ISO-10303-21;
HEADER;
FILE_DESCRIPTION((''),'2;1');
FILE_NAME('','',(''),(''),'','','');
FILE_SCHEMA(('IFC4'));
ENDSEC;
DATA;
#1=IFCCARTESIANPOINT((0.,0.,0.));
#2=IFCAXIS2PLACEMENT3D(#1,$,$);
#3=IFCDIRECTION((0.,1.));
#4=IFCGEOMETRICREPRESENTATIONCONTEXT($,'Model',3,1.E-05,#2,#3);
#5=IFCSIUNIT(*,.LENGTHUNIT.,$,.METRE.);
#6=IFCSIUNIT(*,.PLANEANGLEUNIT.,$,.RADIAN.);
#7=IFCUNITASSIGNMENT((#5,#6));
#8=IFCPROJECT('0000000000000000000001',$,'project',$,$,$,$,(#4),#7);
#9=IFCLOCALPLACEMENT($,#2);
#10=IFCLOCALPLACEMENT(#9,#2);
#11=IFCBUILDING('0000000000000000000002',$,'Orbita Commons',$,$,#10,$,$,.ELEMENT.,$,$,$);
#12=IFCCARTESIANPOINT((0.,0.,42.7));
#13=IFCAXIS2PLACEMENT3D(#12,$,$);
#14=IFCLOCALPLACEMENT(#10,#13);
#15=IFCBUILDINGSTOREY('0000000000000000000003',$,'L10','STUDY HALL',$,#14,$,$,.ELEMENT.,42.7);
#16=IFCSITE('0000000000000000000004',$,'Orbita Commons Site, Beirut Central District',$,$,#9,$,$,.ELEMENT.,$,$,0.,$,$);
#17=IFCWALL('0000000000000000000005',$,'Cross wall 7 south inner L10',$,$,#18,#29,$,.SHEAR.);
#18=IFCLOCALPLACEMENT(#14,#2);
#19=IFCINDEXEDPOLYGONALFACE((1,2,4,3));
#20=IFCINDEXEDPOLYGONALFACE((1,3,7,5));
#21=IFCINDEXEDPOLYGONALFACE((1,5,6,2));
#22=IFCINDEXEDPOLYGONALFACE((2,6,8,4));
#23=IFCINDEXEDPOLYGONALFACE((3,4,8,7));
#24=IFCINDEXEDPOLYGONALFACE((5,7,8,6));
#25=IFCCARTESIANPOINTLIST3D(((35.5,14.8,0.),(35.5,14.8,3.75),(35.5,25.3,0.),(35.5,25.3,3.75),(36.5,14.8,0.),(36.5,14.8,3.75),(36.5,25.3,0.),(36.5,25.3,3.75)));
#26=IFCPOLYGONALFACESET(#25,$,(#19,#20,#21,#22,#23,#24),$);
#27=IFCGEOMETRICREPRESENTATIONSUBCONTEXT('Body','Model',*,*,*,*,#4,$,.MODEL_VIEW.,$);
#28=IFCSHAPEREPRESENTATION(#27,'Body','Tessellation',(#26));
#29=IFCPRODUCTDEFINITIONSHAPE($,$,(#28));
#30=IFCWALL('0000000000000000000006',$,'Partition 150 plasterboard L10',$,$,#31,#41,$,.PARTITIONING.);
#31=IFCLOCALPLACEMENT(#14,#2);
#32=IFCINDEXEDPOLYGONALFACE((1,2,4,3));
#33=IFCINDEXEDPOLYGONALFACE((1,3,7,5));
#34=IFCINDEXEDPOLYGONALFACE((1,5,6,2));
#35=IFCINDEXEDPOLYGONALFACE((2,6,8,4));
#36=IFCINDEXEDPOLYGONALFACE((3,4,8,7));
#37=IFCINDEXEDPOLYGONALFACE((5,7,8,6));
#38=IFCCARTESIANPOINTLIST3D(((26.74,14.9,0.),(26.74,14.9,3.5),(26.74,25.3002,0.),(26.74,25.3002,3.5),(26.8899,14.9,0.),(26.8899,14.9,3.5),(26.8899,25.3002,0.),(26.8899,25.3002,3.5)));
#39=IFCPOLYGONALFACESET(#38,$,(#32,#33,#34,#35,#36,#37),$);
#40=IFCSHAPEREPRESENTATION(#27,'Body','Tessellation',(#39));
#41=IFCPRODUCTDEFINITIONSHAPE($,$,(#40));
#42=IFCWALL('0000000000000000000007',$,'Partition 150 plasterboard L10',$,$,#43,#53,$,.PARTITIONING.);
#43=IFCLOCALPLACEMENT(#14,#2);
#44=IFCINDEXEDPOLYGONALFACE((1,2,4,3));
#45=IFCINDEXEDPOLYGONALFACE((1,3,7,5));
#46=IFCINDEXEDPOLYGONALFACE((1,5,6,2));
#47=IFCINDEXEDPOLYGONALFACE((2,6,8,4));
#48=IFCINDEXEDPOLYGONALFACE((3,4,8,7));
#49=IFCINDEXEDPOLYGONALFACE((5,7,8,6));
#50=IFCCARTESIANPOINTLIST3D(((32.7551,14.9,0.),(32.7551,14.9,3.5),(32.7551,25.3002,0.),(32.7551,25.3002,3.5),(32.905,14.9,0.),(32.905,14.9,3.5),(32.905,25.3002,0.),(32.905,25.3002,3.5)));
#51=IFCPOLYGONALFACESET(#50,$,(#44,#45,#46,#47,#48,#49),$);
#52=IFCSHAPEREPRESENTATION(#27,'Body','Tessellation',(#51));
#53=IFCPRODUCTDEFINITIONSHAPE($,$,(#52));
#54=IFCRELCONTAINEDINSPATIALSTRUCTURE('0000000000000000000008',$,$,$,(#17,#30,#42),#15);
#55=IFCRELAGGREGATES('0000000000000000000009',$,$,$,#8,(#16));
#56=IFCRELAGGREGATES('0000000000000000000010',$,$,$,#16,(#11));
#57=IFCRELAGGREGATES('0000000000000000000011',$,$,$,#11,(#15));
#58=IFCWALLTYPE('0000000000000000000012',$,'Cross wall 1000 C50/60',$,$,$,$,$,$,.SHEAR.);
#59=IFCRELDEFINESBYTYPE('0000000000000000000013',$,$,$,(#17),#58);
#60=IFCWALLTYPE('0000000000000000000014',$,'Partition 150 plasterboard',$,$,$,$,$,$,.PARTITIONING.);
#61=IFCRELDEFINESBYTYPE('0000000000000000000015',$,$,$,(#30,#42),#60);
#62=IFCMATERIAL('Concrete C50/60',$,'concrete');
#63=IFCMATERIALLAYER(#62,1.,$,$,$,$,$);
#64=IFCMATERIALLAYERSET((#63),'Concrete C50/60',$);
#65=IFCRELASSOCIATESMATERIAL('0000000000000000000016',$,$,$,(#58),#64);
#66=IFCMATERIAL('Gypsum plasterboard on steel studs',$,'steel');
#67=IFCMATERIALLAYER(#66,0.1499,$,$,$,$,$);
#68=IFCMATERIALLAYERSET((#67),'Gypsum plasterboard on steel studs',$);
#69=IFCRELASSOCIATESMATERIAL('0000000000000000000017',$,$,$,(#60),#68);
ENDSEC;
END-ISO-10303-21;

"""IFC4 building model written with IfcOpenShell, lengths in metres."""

from ifc_helpers import new_model, si_unit, direction, frame, frame_2d, origin, place, context, subcontext, project, spatial, rectangle, extrude, material, layer, layer_set, type_object, element, save


model = new_model("IFC4")

# Units and contexts
model_context = context("Model", 3, precision=1e-05, world=origin(), true_north=direction((0.0, 1.0)))
body_context = subcontext(model_context, "Body", "Model", "MODEL_VIEW")
ifc_project = project(units=[si_unit("LENGTHUNIT", "METRE"), si_unit("PLANEANGLEUNIT", "RADIAN")], contexts=[model_context])

# Site, building, storey
site_placement = place(None, origin())
site = spatial("IfcSite", under=ifc_project, at=site_placement, Name="Orbita Commons Site, Beirut Central District", CompositionType="ELEMENT", RefElevation=0.0)
building_placement = place(site_placement, origin())
building = spatial("IfcBuilding", under=site, at=building_placement, Name="Orbita Commons", CompositionType="ELEMENT")
storey_placement = place(building_placement, frame((0.0, 0.0, 42.7)))
storey = spatial("IfcBuildingStorey", under=building, at=storey_placement, Name="L10", Description="STUDY HALL", CompositionType="ELEMENT", Elevation=42.7)

# Walls
ifc_material_1 = material(Name="Concrete C50/60", Category="concrete")
ifc_layer_1 = layer(ifc_material_1, 1.0)
ifc_layer_set_1 = layer_set([ifc_layer_1], Name="Concrete C50/60")
wall_type_1 = type_object("IfcWallType", Name="Cross wall 1000 C50/60", PredefinedType="SHEAR", material=ifc_layer_set_1)
for number, where, z_axis, x_axis, name in (
    (1, (36.0, 14.8, 0.0), (0.0, 0.0, 1.0), (0.0, 1.0, 0.0), "Cross wall 7 south inner L10"),
):
    element("IfcWall", number, at=place(storey_placement, frame(where, z_axis=z_axis, x_axis=x_axis)), inside=storey, type_object=wall_type_1, Name=name, PredefinedType="SHEAR", context=body_context, shape_type="SweptSolid", body=[
        extrude(rectangle(XDim=10.5, YDim=1.0, at=frame_2d((5.25, 0.0))), origin(), (0.0, 0.0, 1.0), 3.75),
    ])
ifc_material_2 = material(Name="Gypsum plasterboard on steel studs", Category="steel")
ifc_layer_2 = layer(ifc_material_2, 0.1499)
ifc_layer_set_2 = layer_set([ifc_layer_2], Name="Gypsum plasterboard on steel studs")
wall_type_2 = type_object("IfcWallType", Name="Partition 150 plasterboard", PredefinedType="PARTITIONING", material=ifc_layer_set_2)
for number, where, z_axis, x_axis, name in (
    (2, (26.8149, 14.8999, 0.0), (0.0, 0.0, 1.0), (0.0, 1.0, 0.0), "Partition 150 plasterboard L10"),
    (3, (32.8301, 14.8999, 0.0), (0.0, 0.0, 1.0), (0.0, 1.0, 0.0), "Partition 150 plasterboard L10"),
):
    element("IfcWall", number, at=place(storey_placement, frame(where, z_axis=z_axis, x_axis=x_axis)), inside=storey, type_object=wall_type_2, Name=name, PredefinedType="PARTITIONING", context=body_context, shape_type="SweptSolid", body=[
        extrude(rectangle(XDim=10.4001, YDim=0.1499, at=frame_2d((5.2002, 0.0))), origin(), (0.0, 0.0, 1.0), 3.5),
    ])

save(model, "model.ifc")
